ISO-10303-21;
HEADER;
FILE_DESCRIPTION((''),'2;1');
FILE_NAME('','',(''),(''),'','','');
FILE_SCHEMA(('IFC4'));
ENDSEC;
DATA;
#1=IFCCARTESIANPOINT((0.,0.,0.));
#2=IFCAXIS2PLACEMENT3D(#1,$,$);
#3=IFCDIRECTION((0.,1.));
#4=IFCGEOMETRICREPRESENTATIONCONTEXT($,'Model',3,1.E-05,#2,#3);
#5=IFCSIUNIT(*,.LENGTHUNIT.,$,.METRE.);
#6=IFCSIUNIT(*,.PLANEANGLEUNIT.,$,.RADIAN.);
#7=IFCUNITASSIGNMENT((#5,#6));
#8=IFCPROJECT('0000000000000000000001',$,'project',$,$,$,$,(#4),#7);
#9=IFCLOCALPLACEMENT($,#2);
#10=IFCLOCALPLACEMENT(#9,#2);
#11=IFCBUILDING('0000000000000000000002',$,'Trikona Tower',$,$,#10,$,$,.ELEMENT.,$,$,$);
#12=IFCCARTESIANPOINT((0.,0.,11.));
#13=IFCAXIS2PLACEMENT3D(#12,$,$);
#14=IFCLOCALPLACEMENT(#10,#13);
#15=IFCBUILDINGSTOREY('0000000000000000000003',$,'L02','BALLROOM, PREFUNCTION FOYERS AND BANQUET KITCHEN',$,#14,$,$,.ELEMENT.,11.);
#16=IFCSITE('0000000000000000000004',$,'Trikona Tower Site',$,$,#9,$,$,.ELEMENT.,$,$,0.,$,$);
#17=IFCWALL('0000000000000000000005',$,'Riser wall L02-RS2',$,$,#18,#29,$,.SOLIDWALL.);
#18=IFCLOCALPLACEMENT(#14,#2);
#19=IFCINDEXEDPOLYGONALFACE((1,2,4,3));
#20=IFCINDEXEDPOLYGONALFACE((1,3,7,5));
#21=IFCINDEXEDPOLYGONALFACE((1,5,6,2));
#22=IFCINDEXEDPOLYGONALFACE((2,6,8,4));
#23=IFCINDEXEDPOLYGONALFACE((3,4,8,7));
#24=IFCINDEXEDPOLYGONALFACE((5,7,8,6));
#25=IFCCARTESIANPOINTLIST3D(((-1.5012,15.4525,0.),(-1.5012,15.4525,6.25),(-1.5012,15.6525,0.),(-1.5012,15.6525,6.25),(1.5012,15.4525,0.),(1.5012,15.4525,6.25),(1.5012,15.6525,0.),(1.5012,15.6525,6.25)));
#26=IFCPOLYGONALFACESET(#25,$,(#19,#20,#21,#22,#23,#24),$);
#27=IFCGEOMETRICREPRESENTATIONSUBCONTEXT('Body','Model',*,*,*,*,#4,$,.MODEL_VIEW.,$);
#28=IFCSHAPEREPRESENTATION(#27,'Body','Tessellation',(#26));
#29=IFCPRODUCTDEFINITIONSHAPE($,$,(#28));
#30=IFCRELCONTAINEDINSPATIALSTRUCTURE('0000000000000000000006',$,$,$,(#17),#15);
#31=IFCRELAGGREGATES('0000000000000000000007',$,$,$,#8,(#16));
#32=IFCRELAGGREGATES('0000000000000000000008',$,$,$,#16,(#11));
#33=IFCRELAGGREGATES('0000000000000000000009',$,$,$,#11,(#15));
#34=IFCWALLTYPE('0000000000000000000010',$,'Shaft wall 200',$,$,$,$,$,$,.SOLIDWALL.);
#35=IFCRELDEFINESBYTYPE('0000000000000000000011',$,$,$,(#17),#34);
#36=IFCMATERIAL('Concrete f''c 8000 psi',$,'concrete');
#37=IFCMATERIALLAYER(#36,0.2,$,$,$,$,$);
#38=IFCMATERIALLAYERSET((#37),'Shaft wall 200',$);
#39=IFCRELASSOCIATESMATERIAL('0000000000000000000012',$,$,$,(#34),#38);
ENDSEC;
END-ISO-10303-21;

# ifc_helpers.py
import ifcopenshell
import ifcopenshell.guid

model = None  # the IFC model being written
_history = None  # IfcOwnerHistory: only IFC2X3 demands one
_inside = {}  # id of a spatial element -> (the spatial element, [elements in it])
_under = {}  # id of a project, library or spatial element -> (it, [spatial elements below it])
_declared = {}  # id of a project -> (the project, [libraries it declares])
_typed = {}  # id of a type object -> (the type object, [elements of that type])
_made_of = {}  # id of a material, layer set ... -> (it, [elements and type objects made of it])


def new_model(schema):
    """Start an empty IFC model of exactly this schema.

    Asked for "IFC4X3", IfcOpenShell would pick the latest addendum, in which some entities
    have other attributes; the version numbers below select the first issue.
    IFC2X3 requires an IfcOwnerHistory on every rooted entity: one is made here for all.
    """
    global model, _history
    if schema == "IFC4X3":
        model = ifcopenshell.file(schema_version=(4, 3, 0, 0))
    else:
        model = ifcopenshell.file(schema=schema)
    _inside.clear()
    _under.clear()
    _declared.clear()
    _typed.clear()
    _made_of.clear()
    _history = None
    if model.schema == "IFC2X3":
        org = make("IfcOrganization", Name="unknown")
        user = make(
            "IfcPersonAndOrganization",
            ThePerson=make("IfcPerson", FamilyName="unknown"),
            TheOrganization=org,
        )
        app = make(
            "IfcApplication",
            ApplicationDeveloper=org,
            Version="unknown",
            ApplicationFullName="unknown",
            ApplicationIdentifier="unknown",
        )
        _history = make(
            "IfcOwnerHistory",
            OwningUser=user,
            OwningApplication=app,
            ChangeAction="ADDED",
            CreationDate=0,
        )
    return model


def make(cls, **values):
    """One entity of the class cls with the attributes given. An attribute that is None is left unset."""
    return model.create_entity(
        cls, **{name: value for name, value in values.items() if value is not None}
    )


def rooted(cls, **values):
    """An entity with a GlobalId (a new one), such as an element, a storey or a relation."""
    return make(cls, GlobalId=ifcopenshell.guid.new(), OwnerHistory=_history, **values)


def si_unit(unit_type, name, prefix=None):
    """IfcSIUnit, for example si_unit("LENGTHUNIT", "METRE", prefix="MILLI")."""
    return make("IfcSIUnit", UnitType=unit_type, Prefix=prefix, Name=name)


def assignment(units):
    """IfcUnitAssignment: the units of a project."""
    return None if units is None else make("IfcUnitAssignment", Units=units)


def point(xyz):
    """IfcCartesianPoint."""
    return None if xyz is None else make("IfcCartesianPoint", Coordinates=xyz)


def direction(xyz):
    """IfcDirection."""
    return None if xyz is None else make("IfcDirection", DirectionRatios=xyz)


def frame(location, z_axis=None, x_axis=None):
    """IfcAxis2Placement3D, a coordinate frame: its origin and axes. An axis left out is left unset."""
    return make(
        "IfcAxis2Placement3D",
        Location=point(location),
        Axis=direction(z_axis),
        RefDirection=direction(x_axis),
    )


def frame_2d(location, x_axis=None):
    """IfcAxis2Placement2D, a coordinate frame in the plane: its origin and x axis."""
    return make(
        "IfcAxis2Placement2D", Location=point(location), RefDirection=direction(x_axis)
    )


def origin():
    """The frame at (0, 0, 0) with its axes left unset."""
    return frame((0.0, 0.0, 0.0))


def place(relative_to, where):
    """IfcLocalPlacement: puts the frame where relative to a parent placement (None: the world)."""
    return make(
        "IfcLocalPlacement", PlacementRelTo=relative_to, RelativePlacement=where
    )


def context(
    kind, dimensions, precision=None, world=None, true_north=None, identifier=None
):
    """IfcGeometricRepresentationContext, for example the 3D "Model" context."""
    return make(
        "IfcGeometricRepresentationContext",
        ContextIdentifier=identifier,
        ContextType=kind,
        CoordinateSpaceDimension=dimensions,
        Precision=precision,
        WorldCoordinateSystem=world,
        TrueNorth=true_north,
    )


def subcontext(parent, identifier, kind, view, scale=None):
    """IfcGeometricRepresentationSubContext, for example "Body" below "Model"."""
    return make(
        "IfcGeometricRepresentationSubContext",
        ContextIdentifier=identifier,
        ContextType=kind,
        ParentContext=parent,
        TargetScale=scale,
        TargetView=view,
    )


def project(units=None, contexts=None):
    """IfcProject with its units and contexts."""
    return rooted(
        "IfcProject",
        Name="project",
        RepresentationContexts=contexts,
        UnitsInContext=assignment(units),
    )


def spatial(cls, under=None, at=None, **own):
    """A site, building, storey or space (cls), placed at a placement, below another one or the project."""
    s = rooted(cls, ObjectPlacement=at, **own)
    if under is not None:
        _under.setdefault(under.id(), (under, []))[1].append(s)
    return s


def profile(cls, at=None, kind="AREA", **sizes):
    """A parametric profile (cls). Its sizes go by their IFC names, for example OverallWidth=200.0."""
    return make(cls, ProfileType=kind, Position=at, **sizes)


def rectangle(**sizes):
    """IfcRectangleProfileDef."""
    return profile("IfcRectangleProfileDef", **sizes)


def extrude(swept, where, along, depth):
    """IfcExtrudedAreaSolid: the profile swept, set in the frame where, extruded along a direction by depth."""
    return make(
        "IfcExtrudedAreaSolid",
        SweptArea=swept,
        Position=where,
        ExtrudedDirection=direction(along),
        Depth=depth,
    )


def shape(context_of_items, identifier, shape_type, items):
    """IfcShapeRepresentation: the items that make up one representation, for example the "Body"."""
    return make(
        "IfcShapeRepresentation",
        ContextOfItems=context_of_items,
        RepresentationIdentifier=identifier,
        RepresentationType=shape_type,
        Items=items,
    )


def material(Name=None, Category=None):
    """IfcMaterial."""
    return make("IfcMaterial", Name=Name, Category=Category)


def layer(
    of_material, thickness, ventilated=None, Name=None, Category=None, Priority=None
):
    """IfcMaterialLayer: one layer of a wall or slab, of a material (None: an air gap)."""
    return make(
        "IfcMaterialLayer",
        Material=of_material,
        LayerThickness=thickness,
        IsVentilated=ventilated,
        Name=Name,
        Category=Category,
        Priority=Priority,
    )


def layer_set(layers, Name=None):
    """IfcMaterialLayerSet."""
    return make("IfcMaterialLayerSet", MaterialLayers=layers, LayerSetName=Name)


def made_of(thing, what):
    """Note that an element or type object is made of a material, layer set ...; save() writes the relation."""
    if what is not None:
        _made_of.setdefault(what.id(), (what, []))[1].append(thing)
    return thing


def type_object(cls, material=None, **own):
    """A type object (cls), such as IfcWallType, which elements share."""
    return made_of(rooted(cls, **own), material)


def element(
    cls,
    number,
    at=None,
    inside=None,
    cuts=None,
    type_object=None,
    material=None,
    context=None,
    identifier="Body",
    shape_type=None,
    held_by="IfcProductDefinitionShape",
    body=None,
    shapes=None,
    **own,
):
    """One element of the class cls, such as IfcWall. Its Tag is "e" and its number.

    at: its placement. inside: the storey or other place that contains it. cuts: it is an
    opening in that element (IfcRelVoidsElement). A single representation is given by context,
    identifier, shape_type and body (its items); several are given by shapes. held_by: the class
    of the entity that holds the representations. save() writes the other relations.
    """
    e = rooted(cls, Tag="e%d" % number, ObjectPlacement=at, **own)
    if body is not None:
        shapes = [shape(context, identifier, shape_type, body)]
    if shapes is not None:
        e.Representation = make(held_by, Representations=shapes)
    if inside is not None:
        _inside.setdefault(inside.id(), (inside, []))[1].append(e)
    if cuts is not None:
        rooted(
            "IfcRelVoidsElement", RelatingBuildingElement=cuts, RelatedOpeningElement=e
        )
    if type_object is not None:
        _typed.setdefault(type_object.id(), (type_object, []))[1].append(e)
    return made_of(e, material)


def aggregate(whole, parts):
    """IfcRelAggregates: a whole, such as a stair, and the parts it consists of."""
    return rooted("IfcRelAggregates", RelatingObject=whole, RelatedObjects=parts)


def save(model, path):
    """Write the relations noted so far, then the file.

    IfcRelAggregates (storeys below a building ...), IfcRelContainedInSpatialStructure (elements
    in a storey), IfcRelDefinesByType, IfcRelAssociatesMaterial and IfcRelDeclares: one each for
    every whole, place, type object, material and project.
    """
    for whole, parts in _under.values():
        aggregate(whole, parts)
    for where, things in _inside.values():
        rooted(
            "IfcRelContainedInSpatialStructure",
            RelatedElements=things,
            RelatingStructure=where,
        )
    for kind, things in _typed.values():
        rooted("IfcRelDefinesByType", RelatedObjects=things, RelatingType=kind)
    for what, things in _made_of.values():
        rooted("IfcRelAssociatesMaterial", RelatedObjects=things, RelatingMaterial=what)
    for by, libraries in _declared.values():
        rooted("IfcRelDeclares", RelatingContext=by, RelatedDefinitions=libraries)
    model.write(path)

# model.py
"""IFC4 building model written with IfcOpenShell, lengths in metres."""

from ifc_helpers import new_model, si_unit, direction, frame, frame_2d, origin, place, context, subcontext, project, spatial, rectangle, extrude, material, layer, layer_set, type_object, element, save


model = new_model("IFC4")

# Units and contexts
model_context = context("Model", 3, precision=1e-05, world=origin(), true_north=direction((0.0, 1.0)))
body_context = subcontext(model_context, "Body", "Model", "MODEL_VIEW")
ifc_project = project(units=[si_unit("LENGTHUNIT", "METRE"), si_unit("PLANEANGLEUNIT", "RADIAN")], contexts=[model_context])

# Site, building, storey
site_placement = place(None, origin())
site = spatial("IfcSite", under=ifc_project, at=site_placement, Name="Trikona Tower Site", CompositionType="ELEMENT", RefElevation=0.0)
building_placement = place(site_placement, origin())
building = spatial("IfcBuilding", under=site, at=building_placement, Name="Trikona Tower", CompositionType="ELEMENT")
storey_placement = place(building_placement, frame((0.0, 0.0, 11.0)))
storey = spatial("IfcBuildingStorey", under=building, at=storey_placement, Name="L02", Description="BALLROOM, PREFUNCTION FOYERS AND BANQUET KITCHEN", CompositionType="ELEMENT", Elevation=11.0)

# Wall
ifc_material_1 = material(Name="Concrete f'c 8000 psi", Category="concrete")
ifc_layer_1 = layer(ifc_material_1, 0.2)
ifc_layer_set_1 = layer_set([ifc_layer_1], Name="Shaft wall 200")
wall_type_1 = type_object("IfcWallType", Name="Shaft wall 200", PredefinedType="SOLIDWALL", material=ifc_layer_set_1)
wall_1_placement = place(storey_placement, frame((-1.5012, 15.5525, 0.0), z_axis=(0.0, 0.0, 1.0), x_axis=(1.0, 0.0, 0.0)))
element("IfcWall", 1, at=wall_1_placement, inside=storey, type_object=wall_type_1, Name="Riser wall L02-RS2", PredefinedType="SOLIDWALL", context=body_context, shape_type="SweptSolid", body=[
    extrude(rectangle(XDim=3.0024, YDim=0.2, at=frame_2d((1.5012, 0.0))), origin(), (0.0, 0.0, 1.0), 6.25),
])

save(model, "model.ifc")
